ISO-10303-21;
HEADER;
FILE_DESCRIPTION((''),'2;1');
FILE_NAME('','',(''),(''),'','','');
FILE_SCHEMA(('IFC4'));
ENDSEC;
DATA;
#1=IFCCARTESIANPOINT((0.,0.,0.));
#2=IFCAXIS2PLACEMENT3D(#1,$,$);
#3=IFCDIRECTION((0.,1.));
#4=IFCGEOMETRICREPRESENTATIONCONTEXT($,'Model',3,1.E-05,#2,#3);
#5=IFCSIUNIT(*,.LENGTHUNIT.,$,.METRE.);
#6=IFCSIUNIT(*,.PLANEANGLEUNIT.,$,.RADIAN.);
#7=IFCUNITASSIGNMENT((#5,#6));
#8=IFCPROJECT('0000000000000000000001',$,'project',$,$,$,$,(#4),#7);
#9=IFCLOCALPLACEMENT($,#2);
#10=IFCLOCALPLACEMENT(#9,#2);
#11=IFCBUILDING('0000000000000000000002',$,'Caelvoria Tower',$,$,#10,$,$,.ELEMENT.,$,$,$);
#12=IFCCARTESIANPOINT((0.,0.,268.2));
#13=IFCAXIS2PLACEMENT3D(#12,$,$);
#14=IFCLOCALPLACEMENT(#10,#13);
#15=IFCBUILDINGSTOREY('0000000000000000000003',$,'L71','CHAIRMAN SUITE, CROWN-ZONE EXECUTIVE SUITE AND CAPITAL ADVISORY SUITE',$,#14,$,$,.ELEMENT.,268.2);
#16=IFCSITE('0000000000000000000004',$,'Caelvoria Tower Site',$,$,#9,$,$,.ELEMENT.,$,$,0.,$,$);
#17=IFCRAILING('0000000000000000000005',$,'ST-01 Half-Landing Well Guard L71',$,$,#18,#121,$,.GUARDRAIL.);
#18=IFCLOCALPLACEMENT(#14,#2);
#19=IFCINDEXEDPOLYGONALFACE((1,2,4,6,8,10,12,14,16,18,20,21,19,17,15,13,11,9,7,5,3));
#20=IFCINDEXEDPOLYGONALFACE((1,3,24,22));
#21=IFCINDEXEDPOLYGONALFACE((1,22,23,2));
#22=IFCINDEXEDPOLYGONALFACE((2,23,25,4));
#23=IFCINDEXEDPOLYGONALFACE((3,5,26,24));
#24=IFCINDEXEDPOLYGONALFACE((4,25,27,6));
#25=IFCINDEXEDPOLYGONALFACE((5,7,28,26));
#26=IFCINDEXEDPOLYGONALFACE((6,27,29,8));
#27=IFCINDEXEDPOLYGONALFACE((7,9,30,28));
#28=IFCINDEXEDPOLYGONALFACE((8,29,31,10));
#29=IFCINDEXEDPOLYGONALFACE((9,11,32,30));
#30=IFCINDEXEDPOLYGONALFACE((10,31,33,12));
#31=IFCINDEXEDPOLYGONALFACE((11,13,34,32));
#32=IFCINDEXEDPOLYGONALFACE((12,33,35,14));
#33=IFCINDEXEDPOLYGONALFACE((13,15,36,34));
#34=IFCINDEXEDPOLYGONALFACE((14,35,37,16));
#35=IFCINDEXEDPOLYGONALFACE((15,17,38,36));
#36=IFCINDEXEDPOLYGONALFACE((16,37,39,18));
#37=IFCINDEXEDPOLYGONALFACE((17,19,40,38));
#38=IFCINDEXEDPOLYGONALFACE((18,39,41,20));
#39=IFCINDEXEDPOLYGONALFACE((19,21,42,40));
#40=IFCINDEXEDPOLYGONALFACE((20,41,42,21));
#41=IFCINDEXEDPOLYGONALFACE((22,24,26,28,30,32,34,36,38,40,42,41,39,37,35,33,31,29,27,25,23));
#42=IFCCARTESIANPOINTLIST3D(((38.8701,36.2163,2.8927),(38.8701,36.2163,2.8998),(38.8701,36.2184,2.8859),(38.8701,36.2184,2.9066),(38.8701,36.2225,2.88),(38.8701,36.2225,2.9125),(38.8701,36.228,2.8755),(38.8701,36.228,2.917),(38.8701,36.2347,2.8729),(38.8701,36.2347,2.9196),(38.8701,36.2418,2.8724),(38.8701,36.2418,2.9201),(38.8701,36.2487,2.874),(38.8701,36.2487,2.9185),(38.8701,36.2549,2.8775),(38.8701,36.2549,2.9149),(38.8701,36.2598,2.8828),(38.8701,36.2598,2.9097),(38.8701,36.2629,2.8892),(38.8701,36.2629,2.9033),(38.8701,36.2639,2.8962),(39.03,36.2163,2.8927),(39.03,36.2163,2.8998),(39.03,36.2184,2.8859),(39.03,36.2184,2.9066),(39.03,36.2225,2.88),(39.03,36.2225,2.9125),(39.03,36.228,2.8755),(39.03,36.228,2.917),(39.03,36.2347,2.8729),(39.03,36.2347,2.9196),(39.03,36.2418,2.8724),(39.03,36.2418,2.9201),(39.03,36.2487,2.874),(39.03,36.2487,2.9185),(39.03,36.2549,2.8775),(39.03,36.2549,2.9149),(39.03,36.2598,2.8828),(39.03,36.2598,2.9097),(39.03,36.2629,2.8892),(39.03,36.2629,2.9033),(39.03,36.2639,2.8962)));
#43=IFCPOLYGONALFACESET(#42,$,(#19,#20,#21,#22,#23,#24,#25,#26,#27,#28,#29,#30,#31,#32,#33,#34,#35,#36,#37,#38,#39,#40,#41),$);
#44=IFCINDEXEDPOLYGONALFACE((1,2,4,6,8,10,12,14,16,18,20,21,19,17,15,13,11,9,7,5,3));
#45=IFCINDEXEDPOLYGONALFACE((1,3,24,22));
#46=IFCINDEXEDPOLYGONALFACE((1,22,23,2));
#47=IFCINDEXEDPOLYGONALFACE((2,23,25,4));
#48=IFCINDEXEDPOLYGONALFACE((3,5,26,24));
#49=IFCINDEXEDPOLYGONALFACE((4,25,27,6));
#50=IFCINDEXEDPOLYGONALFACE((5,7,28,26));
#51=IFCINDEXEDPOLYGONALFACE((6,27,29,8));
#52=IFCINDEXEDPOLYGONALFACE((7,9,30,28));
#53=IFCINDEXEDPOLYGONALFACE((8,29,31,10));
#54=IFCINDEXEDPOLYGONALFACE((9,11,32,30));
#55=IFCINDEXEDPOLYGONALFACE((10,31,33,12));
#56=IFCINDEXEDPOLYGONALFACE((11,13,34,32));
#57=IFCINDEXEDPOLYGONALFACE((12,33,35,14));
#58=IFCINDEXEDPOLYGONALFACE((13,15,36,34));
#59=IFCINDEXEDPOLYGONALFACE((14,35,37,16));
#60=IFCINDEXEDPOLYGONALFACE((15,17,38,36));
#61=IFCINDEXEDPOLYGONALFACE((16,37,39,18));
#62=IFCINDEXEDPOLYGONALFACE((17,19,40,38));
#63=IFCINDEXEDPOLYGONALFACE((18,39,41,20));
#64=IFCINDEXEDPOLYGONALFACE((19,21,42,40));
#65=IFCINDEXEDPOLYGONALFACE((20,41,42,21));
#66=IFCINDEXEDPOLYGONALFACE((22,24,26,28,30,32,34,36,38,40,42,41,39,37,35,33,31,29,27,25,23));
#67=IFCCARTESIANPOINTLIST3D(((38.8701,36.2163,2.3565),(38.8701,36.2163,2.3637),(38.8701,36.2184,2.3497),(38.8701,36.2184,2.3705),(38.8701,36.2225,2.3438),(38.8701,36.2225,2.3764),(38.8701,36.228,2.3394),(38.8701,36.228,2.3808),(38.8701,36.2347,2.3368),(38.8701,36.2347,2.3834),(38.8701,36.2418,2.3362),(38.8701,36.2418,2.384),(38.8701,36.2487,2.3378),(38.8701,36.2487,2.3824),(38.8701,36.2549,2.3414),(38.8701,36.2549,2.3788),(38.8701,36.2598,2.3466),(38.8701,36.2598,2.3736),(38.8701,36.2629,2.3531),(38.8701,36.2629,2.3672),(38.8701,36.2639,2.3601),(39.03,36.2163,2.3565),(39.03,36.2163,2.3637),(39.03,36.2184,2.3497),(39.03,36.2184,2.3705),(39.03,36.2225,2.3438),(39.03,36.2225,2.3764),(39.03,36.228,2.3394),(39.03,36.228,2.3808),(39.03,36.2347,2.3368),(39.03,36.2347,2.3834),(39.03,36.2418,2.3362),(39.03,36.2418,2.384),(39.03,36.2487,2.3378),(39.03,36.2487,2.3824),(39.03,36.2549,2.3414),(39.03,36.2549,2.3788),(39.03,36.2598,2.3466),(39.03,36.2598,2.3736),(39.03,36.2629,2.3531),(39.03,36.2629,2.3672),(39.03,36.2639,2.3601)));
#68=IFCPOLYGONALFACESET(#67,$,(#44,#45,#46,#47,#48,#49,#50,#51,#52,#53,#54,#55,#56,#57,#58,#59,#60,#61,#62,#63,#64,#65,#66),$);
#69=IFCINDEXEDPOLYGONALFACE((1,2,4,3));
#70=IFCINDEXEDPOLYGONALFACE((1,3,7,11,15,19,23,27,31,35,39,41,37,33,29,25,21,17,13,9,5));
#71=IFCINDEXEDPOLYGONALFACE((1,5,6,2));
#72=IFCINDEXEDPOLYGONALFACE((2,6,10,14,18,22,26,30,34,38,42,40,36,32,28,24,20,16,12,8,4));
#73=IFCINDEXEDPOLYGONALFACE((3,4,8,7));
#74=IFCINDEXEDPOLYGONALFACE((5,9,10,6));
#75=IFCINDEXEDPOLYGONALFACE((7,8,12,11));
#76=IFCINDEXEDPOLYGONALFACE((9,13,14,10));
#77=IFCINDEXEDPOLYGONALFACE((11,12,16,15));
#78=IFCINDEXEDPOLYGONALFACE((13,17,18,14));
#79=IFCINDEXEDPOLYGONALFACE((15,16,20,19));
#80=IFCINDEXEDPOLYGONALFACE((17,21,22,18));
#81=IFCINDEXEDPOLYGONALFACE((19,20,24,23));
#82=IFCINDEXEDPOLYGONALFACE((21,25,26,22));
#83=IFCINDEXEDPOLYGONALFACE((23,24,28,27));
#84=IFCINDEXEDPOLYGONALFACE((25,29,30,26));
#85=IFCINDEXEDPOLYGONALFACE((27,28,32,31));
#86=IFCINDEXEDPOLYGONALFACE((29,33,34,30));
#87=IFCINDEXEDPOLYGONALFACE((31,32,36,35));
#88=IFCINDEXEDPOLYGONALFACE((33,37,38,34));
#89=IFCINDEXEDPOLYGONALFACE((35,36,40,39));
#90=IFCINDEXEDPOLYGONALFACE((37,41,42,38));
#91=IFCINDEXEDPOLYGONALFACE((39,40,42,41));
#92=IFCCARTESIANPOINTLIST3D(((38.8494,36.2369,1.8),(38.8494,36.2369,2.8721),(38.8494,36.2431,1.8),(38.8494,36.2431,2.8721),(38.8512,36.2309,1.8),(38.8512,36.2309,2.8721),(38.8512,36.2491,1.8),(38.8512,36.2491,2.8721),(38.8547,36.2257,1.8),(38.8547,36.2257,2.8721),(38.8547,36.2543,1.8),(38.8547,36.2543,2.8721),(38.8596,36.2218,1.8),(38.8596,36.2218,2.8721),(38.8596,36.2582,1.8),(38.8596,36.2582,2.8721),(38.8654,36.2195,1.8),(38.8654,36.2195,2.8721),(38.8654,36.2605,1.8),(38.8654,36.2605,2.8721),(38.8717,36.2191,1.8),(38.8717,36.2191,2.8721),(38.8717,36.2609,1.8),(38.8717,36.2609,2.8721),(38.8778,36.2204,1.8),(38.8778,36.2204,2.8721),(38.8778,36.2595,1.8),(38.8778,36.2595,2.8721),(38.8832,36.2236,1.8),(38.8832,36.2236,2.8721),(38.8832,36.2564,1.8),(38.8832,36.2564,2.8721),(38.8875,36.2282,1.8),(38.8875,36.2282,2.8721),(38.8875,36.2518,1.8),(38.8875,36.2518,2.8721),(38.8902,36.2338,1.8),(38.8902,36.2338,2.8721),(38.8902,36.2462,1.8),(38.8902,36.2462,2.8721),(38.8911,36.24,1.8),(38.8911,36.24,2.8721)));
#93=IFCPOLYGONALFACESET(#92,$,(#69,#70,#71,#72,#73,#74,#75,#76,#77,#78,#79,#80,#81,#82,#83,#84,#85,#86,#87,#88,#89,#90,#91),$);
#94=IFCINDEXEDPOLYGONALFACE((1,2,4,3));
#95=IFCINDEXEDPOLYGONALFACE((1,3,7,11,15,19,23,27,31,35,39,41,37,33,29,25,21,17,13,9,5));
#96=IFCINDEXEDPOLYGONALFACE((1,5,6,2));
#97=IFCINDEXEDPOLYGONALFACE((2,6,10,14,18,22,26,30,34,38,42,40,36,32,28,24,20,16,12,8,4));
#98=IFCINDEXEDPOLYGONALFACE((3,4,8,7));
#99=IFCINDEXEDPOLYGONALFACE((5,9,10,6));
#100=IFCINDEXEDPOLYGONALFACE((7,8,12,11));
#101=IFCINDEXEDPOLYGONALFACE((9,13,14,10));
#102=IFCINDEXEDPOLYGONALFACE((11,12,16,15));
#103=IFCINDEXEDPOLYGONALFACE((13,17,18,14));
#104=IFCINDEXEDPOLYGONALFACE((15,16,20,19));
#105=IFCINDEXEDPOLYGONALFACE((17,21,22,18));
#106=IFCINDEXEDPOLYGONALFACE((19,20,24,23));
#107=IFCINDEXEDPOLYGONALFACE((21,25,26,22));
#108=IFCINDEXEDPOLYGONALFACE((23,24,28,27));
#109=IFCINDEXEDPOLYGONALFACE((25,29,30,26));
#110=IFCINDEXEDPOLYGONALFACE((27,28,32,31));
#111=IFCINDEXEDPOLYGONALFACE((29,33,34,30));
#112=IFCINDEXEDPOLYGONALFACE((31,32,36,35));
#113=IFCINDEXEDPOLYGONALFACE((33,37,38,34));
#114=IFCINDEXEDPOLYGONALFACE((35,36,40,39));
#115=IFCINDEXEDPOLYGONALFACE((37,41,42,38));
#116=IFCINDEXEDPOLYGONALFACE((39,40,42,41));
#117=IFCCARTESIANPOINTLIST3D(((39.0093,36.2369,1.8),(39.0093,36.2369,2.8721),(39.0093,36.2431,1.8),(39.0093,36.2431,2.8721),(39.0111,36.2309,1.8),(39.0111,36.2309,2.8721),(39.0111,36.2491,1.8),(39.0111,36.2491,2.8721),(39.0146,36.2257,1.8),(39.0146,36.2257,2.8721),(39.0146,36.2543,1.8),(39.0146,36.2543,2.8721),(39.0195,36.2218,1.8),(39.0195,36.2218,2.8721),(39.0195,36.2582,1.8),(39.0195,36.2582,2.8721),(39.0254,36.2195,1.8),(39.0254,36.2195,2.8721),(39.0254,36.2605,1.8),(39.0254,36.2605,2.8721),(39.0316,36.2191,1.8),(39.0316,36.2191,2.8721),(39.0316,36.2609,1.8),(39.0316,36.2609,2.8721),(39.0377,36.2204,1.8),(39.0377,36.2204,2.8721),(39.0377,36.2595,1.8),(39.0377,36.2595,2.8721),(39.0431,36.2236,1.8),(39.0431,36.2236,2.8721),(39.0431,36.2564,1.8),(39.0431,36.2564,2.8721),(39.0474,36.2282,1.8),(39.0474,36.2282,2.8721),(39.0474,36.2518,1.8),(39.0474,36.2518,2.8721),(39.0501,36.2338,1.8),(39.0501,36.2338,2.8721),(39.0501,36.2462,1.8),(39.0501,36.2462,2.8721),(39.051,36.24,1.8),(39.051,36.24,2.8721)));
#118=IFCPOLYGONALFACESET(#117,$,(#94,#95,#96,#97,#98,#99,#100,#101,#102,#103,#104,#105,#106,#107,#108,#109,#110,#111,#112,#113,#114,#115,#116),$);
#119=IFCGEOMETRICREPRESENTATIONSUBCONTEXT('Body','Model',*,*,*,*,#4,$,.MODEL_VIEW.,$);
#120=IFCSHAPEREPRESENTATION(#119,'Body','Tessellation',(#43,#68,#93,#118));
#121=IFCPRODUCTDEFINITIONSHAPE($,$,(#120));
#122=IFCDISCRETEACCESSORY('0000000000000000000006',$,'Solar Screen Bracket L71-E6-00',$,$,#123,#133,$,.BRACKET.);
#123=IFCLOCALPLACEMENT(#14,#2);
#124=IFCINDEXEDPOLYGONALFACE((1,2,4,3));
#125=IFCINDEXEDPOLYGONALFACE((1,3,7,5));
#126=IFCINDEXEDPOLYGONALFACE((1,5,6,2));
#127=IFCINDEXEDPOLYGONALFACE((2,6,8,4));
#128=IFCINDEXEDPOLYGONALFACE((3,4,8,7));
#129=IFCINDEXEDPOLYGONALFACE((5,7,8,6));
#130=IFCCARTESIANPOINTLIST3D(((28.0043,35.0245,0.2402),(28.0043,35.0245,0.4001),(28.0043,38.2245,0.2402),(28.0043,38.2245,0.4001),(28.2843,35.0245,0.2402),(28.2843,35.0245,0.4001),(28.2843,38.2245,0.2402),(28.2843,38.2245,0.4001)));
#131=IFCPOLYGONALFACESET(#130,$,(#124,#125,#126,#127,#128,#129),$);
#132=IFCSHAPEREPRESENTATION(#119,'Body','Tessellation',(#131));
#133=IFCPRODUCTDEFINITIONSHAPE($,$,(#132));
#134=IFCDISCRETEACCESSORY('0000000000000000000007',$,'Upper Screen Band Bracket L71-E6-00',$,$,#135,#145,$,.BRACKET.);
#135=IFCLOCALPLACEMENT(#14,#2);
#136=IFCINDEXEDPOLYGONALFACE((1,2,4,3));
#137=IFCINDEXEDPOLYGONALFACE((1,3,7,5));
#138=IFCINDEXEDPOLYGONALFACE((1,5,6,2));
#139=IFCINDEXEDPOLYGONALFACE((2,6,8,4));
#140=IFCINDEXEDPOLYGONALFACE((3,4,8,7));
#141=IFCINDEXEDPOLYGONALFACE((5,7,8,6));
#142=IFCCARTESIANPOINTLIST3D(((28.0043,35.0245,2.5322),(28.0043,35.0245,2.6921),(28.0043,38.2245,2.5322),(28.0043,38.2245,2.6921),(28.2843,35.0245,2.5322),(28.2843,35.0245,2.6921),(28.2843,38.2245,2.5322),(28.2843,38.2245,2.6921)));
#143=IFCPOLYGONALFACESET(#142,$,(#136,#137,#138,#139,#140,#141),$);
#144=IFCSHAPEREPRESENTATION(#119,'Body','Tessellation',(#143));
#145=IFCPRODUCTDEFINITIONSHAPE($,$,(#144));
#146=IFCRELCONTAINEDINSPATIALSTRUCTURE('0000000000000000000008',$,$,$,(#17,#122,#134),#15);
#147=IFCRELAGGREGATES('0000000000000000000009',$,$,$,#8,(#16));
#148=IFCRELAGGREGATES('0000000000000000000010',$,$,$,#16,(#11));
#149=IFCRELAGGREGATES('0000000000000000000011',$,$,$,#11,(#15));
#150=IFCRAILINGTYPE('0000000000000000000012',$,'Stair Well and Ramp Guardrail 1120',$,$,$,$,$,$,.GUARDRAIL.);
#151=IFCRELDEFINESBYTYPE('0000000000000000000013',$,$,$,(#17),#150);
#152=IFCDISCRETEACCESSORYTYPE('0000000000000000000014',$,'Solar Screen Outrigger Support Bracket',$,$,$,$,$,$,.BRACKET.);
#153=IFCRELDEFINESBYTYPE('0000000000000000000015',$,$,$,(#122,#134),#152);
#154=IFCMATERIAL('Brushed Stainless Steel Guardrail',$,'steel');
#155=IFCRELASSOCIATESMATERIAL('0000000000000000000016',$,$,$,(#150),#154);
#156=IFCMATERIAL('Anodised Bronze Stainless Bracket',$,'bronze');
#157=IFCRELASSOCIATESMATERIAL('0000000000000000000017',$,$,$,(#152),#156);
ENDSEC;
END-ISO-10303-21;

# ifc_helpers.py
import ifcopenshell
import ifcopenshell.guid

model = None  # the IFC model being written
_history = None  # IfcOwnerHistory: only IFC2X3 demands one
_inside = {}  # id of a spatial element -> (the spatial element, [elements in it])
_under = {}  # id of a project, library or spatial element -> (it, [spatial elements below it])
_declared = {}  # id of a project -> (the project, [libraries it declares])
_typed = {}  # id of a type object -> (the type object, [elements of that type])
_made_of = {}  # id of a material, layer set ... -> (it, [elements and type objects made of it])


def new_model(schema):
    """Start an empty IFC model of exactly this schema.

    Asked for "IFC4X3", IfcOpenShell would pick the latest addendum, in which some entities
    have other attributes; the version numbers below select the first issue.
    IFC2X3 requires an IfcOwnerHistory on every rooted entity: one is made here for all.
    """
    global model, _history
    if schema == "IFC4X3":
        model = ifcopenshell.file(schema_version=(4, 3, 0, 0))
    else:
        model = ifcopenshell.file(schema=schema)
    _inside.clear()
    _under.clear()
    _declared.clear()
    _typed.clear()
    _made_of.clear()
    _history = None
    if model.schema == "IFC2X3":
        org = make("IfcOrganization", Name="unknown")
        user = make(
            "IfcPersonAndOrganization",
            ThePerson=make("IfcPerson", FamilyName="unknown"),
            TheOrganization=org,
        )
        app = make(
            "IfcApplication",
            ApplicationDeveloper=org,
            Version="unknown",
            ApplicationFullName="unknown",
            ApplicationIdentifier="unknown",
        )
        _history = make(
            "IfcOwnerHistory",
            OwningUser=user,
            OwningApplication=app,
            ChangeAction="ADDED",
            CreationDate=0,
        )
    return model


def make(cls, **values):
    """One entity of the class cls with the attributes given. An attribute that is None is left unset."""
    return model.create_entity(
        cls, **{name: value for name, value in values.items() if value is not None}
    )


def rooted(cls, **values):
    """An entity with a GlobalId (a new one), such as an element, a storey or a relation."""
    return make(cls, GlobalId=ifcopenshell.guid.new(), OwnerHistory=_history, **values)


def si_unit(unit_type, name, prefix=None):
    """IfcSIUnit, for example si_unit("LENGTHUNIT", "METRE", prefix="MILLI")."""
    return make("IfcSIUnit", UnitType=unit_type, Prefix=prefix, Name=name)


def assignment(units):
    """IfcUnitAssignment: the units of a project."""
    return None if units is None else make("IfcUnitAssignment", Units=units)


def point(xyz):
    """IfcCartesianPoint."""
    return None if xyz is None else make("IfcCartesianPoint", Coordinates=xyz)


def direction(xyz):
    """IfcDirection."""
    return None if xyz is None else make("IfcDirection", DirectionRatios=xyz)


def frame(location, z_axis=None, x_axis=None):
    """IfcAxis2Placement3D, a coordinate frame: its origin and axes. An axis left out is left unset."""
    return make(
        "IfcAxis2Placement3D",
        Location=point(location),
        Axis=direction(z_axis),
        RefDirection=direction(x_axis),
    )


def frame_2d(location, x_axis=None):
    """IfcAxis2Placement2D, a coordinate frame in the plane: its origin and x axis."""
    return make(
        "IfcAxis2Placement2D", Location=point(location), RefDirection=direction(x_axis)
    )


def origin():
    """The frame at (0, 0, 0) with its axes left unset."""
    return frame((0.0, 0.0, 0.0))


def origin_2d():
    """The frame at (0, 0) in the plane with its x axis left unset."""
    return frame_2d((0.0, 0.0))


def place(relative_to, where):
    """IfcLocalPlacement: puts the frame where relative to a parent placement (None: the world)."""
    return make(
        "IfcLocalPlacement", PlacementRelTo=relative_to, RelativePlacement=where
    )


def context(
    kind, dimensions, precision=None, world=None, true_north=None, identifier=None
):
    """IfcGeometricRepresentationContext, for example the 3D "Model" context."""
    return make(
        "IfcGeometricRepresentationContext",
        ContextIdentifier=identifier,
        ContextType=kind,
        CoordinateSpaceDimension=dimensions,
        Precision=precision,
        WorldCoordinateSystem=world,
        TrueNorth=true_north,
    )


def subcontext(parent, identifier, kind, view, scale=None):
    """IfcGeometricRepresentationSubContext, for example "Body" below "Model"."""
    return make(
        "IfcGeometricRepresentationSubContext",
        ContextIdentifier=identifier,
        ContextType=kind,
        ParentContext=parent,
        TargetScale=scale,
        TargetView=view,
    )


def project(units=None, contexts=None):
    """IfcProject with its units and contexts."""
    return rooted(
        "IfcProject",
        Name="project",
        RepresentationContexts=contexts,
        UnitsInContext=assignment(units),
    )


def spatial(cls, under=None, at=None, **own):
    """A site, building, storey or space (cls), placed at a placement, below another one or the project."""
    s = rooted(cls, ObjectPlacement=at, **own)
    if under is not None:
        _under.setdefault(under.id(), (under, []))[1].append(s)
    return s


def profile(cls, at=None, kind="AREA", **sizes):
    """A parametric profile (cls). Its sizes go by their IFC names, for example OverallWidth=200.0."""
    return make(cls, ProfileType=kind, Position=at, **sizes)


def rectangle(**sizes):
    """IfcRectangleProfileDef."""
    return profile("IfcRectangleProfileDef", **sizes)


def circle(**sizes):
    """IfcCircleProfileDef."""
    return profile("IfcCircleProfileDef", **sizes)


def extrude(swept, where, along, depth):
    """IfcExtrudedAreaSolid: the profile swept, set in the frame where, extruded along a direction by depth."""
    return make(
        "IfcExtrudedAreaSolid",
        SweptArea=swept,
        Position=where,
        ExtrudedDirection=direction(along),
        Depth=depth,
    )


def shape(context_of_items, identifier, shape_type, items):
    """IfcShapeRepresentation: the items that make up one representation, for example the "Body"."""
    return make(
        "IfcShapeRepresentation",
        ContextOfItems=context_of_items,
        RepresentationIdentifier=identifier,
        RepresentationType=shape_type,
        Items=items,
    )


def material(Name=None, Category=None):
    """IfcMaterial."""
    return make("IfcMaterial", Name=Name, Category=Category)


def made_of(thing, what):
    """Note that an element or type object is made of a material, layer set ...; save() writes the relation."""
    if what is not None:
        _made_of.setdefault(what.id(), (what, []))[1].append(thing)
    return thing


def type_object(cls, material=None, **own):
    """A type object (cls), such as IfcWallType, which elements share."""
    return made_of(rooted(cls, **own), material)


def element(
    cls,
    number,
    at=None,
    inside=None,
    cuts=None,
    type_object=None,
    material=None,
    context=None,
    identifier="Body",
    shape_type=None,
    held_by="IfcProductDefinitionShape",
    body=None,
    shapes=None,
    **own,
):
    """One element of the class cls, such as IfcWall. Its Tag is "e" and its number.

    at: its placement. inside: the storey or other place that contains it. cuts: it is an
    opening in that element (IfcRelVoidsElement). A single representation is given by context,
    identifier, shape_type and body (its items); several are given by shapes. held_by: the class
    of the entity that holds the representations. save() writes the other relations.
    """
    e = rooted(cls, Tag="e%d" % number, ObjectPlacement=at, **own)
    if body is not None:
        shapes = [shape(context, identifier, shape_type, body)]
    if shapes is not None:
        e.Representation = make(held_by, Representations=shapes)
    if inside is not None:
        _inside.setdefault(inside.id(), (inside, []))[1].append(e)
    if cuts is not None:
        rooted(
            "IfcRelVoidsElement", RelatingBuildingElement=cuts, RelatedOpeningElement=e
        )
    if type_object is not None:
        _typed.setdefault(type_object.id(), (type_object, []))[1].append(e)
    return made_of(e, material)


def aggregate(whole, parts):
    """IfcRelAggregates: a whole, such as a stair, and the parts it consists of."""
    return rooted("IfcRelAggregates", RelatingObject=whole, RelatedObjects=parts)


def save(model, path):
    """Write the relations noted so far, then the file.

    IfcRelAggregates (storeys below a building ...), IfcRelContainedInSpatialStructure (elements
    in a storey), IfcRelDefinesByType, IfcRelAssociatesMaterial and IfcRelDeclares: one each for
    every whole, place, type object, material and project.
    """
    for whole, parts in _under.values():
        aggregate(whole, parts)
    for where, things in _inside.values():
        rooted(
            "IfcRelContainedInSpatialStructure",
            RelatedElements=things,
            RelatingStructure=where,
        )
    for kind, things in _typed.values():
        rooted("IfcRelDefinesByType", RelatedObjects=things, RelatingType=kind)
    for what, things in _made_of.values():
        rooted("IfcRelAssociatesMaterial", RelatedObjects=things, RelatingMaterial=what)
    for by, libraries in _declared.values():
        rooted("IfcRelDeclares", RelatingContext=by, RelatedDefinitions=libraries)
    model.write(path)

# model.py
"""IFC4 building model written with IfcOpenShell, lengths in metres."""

from ifc_helpers import new_model, si_unit, direction, frame, origin, origin_2d, place, context, subcontext, project, spatial, rectangle, circle, extrude, material, type_object, element, save


model = new_model("IFC4")

# Units and contexts
model_context = context("Model", 3, precision=1e-05, world=origin(), true_north=direction((0.0, 1.0)))
body_context = subcontext(model_context, "Body", "Model", "MODEL_VIEW")
ifc_project = project(units=[si_unit("LENGTHUNIT", "METRE"), si_unit("PLANEANGLEUNIT", "RADIAN")], contexts=[model_context])

# Site, building, storey
site_placement = place(None, origin())
site = spatial("IfcSite", under=ifc_project, at=site_placement, Name="Caelvoria Tower Site", CompositionType="ELEMENT", RefElevation=0.0)
building_placement = place(site_placement, origin())
building = spatial("IfcBuilding", under=site, at=building_placement, Name="Caelvoria Tower", CompositionType="ELEMENT")
storey_placement = place(building_placement, frame((0.0, 0.0, 268.2)))
storey = spatial("IfcBuildingStorey", under=building, at=storey_placement, Name="L71", Description="CHAIRMAN SUITE, CROWN-ZONE EXECUTIVE SUITE AND CAPITAL ADVISORY SUITE", CompositionType="ELEMENT", Elevation=268.2)

# Railing
ifc_material_1 = material(Name="Brushed Stainless Steel Guardrail", Category="steel")
railing_type_1 = type_object("IfcRailingType", Name="Stair Well and Ramp Guardrail 1120", PredefinedType="GUARDRAIL", material=ifc_material_1)
railing_1_placement = place(storey_placement, frame((38.8701, 36.24, 1.8)))
element("IfcRailing", 1, at=railing_1_placement, inside=storey, type_object=railing_type_1, Name="ST-01 Half-Landing Well Guard L71", PredefinedType="GUARDRAIL", context=body_context, shape_type="SweptSolid", body=[
    extrude(circle(Radius=0.0239, at=origin_2d()), frame((0.0, 0.0, 1.0962), z_axis=(1.0, 0.0, 0.0), x_axis=(0.0, 1.0, 0.0)), (0.0, 0.0, 1.0), 0.1599),
    extrude(circle(Radius=0.0239, at=origin_2d()), frame((0.0, 0.0, 0.5601), z_axis=(1.0, 0.0, 0.0), x_axis=(0.0, 1.0, 0.0)), (0.0, 0.0, 1.0), 0.1599),
    extrude(circle(Radius=0.021, at=origin_2d()), origin(), (0.0, 0.0, 1.0), 1.072),
    extrude(circle(Radius=0.021, at=origin_2d()), frame((0.1599, 0.0, 0.0)), (0.0, 0.0, 1.0), 1.072),
])

# Discrete accessories
ifc_material_2 = material(Name="Anodised Bronze Stainless Bracket", Category="bronze")
discrete_accessory_type = type_object("IfcDiscreteAccessoryType", Name="Solar Screen Outrigger Support Bracket", PredefinedType="BRACKET", material=ifc_material_2)
for number, where, z_axis, x_axis, name in (
    (2, (28.1443, 36.6245, 0.2402), (0.0, 0.0, 1.0), (0.0, -1.0, 0.0), "Solar Screen Bracket L71-E6-00"),
    (3, (28.1443, 36.6245, 2.5322), (0.0, 0.0, 1.0), (0.0, -1.0, 0.0), "Upper Screen Band Bracket L71-E6-00"),
):
    element("IfcDiscreteAccessory", number, at=place(storey_placement, frame(where, z_axis=z_axis, x_axis=x_axis)), inside=storey, type_object=discrete_accessory_type, Name=name, PredefinedType="BRACKET", context=body_context, shape_type="SweptSolid", body=[
        extrude(rectangle(XDim=3.2, YDim=0.28, at=origin_2d()), origin(), (0.0, 0.0, 1.0), 0.1599),
    ])

save(model, "model.ifc")
